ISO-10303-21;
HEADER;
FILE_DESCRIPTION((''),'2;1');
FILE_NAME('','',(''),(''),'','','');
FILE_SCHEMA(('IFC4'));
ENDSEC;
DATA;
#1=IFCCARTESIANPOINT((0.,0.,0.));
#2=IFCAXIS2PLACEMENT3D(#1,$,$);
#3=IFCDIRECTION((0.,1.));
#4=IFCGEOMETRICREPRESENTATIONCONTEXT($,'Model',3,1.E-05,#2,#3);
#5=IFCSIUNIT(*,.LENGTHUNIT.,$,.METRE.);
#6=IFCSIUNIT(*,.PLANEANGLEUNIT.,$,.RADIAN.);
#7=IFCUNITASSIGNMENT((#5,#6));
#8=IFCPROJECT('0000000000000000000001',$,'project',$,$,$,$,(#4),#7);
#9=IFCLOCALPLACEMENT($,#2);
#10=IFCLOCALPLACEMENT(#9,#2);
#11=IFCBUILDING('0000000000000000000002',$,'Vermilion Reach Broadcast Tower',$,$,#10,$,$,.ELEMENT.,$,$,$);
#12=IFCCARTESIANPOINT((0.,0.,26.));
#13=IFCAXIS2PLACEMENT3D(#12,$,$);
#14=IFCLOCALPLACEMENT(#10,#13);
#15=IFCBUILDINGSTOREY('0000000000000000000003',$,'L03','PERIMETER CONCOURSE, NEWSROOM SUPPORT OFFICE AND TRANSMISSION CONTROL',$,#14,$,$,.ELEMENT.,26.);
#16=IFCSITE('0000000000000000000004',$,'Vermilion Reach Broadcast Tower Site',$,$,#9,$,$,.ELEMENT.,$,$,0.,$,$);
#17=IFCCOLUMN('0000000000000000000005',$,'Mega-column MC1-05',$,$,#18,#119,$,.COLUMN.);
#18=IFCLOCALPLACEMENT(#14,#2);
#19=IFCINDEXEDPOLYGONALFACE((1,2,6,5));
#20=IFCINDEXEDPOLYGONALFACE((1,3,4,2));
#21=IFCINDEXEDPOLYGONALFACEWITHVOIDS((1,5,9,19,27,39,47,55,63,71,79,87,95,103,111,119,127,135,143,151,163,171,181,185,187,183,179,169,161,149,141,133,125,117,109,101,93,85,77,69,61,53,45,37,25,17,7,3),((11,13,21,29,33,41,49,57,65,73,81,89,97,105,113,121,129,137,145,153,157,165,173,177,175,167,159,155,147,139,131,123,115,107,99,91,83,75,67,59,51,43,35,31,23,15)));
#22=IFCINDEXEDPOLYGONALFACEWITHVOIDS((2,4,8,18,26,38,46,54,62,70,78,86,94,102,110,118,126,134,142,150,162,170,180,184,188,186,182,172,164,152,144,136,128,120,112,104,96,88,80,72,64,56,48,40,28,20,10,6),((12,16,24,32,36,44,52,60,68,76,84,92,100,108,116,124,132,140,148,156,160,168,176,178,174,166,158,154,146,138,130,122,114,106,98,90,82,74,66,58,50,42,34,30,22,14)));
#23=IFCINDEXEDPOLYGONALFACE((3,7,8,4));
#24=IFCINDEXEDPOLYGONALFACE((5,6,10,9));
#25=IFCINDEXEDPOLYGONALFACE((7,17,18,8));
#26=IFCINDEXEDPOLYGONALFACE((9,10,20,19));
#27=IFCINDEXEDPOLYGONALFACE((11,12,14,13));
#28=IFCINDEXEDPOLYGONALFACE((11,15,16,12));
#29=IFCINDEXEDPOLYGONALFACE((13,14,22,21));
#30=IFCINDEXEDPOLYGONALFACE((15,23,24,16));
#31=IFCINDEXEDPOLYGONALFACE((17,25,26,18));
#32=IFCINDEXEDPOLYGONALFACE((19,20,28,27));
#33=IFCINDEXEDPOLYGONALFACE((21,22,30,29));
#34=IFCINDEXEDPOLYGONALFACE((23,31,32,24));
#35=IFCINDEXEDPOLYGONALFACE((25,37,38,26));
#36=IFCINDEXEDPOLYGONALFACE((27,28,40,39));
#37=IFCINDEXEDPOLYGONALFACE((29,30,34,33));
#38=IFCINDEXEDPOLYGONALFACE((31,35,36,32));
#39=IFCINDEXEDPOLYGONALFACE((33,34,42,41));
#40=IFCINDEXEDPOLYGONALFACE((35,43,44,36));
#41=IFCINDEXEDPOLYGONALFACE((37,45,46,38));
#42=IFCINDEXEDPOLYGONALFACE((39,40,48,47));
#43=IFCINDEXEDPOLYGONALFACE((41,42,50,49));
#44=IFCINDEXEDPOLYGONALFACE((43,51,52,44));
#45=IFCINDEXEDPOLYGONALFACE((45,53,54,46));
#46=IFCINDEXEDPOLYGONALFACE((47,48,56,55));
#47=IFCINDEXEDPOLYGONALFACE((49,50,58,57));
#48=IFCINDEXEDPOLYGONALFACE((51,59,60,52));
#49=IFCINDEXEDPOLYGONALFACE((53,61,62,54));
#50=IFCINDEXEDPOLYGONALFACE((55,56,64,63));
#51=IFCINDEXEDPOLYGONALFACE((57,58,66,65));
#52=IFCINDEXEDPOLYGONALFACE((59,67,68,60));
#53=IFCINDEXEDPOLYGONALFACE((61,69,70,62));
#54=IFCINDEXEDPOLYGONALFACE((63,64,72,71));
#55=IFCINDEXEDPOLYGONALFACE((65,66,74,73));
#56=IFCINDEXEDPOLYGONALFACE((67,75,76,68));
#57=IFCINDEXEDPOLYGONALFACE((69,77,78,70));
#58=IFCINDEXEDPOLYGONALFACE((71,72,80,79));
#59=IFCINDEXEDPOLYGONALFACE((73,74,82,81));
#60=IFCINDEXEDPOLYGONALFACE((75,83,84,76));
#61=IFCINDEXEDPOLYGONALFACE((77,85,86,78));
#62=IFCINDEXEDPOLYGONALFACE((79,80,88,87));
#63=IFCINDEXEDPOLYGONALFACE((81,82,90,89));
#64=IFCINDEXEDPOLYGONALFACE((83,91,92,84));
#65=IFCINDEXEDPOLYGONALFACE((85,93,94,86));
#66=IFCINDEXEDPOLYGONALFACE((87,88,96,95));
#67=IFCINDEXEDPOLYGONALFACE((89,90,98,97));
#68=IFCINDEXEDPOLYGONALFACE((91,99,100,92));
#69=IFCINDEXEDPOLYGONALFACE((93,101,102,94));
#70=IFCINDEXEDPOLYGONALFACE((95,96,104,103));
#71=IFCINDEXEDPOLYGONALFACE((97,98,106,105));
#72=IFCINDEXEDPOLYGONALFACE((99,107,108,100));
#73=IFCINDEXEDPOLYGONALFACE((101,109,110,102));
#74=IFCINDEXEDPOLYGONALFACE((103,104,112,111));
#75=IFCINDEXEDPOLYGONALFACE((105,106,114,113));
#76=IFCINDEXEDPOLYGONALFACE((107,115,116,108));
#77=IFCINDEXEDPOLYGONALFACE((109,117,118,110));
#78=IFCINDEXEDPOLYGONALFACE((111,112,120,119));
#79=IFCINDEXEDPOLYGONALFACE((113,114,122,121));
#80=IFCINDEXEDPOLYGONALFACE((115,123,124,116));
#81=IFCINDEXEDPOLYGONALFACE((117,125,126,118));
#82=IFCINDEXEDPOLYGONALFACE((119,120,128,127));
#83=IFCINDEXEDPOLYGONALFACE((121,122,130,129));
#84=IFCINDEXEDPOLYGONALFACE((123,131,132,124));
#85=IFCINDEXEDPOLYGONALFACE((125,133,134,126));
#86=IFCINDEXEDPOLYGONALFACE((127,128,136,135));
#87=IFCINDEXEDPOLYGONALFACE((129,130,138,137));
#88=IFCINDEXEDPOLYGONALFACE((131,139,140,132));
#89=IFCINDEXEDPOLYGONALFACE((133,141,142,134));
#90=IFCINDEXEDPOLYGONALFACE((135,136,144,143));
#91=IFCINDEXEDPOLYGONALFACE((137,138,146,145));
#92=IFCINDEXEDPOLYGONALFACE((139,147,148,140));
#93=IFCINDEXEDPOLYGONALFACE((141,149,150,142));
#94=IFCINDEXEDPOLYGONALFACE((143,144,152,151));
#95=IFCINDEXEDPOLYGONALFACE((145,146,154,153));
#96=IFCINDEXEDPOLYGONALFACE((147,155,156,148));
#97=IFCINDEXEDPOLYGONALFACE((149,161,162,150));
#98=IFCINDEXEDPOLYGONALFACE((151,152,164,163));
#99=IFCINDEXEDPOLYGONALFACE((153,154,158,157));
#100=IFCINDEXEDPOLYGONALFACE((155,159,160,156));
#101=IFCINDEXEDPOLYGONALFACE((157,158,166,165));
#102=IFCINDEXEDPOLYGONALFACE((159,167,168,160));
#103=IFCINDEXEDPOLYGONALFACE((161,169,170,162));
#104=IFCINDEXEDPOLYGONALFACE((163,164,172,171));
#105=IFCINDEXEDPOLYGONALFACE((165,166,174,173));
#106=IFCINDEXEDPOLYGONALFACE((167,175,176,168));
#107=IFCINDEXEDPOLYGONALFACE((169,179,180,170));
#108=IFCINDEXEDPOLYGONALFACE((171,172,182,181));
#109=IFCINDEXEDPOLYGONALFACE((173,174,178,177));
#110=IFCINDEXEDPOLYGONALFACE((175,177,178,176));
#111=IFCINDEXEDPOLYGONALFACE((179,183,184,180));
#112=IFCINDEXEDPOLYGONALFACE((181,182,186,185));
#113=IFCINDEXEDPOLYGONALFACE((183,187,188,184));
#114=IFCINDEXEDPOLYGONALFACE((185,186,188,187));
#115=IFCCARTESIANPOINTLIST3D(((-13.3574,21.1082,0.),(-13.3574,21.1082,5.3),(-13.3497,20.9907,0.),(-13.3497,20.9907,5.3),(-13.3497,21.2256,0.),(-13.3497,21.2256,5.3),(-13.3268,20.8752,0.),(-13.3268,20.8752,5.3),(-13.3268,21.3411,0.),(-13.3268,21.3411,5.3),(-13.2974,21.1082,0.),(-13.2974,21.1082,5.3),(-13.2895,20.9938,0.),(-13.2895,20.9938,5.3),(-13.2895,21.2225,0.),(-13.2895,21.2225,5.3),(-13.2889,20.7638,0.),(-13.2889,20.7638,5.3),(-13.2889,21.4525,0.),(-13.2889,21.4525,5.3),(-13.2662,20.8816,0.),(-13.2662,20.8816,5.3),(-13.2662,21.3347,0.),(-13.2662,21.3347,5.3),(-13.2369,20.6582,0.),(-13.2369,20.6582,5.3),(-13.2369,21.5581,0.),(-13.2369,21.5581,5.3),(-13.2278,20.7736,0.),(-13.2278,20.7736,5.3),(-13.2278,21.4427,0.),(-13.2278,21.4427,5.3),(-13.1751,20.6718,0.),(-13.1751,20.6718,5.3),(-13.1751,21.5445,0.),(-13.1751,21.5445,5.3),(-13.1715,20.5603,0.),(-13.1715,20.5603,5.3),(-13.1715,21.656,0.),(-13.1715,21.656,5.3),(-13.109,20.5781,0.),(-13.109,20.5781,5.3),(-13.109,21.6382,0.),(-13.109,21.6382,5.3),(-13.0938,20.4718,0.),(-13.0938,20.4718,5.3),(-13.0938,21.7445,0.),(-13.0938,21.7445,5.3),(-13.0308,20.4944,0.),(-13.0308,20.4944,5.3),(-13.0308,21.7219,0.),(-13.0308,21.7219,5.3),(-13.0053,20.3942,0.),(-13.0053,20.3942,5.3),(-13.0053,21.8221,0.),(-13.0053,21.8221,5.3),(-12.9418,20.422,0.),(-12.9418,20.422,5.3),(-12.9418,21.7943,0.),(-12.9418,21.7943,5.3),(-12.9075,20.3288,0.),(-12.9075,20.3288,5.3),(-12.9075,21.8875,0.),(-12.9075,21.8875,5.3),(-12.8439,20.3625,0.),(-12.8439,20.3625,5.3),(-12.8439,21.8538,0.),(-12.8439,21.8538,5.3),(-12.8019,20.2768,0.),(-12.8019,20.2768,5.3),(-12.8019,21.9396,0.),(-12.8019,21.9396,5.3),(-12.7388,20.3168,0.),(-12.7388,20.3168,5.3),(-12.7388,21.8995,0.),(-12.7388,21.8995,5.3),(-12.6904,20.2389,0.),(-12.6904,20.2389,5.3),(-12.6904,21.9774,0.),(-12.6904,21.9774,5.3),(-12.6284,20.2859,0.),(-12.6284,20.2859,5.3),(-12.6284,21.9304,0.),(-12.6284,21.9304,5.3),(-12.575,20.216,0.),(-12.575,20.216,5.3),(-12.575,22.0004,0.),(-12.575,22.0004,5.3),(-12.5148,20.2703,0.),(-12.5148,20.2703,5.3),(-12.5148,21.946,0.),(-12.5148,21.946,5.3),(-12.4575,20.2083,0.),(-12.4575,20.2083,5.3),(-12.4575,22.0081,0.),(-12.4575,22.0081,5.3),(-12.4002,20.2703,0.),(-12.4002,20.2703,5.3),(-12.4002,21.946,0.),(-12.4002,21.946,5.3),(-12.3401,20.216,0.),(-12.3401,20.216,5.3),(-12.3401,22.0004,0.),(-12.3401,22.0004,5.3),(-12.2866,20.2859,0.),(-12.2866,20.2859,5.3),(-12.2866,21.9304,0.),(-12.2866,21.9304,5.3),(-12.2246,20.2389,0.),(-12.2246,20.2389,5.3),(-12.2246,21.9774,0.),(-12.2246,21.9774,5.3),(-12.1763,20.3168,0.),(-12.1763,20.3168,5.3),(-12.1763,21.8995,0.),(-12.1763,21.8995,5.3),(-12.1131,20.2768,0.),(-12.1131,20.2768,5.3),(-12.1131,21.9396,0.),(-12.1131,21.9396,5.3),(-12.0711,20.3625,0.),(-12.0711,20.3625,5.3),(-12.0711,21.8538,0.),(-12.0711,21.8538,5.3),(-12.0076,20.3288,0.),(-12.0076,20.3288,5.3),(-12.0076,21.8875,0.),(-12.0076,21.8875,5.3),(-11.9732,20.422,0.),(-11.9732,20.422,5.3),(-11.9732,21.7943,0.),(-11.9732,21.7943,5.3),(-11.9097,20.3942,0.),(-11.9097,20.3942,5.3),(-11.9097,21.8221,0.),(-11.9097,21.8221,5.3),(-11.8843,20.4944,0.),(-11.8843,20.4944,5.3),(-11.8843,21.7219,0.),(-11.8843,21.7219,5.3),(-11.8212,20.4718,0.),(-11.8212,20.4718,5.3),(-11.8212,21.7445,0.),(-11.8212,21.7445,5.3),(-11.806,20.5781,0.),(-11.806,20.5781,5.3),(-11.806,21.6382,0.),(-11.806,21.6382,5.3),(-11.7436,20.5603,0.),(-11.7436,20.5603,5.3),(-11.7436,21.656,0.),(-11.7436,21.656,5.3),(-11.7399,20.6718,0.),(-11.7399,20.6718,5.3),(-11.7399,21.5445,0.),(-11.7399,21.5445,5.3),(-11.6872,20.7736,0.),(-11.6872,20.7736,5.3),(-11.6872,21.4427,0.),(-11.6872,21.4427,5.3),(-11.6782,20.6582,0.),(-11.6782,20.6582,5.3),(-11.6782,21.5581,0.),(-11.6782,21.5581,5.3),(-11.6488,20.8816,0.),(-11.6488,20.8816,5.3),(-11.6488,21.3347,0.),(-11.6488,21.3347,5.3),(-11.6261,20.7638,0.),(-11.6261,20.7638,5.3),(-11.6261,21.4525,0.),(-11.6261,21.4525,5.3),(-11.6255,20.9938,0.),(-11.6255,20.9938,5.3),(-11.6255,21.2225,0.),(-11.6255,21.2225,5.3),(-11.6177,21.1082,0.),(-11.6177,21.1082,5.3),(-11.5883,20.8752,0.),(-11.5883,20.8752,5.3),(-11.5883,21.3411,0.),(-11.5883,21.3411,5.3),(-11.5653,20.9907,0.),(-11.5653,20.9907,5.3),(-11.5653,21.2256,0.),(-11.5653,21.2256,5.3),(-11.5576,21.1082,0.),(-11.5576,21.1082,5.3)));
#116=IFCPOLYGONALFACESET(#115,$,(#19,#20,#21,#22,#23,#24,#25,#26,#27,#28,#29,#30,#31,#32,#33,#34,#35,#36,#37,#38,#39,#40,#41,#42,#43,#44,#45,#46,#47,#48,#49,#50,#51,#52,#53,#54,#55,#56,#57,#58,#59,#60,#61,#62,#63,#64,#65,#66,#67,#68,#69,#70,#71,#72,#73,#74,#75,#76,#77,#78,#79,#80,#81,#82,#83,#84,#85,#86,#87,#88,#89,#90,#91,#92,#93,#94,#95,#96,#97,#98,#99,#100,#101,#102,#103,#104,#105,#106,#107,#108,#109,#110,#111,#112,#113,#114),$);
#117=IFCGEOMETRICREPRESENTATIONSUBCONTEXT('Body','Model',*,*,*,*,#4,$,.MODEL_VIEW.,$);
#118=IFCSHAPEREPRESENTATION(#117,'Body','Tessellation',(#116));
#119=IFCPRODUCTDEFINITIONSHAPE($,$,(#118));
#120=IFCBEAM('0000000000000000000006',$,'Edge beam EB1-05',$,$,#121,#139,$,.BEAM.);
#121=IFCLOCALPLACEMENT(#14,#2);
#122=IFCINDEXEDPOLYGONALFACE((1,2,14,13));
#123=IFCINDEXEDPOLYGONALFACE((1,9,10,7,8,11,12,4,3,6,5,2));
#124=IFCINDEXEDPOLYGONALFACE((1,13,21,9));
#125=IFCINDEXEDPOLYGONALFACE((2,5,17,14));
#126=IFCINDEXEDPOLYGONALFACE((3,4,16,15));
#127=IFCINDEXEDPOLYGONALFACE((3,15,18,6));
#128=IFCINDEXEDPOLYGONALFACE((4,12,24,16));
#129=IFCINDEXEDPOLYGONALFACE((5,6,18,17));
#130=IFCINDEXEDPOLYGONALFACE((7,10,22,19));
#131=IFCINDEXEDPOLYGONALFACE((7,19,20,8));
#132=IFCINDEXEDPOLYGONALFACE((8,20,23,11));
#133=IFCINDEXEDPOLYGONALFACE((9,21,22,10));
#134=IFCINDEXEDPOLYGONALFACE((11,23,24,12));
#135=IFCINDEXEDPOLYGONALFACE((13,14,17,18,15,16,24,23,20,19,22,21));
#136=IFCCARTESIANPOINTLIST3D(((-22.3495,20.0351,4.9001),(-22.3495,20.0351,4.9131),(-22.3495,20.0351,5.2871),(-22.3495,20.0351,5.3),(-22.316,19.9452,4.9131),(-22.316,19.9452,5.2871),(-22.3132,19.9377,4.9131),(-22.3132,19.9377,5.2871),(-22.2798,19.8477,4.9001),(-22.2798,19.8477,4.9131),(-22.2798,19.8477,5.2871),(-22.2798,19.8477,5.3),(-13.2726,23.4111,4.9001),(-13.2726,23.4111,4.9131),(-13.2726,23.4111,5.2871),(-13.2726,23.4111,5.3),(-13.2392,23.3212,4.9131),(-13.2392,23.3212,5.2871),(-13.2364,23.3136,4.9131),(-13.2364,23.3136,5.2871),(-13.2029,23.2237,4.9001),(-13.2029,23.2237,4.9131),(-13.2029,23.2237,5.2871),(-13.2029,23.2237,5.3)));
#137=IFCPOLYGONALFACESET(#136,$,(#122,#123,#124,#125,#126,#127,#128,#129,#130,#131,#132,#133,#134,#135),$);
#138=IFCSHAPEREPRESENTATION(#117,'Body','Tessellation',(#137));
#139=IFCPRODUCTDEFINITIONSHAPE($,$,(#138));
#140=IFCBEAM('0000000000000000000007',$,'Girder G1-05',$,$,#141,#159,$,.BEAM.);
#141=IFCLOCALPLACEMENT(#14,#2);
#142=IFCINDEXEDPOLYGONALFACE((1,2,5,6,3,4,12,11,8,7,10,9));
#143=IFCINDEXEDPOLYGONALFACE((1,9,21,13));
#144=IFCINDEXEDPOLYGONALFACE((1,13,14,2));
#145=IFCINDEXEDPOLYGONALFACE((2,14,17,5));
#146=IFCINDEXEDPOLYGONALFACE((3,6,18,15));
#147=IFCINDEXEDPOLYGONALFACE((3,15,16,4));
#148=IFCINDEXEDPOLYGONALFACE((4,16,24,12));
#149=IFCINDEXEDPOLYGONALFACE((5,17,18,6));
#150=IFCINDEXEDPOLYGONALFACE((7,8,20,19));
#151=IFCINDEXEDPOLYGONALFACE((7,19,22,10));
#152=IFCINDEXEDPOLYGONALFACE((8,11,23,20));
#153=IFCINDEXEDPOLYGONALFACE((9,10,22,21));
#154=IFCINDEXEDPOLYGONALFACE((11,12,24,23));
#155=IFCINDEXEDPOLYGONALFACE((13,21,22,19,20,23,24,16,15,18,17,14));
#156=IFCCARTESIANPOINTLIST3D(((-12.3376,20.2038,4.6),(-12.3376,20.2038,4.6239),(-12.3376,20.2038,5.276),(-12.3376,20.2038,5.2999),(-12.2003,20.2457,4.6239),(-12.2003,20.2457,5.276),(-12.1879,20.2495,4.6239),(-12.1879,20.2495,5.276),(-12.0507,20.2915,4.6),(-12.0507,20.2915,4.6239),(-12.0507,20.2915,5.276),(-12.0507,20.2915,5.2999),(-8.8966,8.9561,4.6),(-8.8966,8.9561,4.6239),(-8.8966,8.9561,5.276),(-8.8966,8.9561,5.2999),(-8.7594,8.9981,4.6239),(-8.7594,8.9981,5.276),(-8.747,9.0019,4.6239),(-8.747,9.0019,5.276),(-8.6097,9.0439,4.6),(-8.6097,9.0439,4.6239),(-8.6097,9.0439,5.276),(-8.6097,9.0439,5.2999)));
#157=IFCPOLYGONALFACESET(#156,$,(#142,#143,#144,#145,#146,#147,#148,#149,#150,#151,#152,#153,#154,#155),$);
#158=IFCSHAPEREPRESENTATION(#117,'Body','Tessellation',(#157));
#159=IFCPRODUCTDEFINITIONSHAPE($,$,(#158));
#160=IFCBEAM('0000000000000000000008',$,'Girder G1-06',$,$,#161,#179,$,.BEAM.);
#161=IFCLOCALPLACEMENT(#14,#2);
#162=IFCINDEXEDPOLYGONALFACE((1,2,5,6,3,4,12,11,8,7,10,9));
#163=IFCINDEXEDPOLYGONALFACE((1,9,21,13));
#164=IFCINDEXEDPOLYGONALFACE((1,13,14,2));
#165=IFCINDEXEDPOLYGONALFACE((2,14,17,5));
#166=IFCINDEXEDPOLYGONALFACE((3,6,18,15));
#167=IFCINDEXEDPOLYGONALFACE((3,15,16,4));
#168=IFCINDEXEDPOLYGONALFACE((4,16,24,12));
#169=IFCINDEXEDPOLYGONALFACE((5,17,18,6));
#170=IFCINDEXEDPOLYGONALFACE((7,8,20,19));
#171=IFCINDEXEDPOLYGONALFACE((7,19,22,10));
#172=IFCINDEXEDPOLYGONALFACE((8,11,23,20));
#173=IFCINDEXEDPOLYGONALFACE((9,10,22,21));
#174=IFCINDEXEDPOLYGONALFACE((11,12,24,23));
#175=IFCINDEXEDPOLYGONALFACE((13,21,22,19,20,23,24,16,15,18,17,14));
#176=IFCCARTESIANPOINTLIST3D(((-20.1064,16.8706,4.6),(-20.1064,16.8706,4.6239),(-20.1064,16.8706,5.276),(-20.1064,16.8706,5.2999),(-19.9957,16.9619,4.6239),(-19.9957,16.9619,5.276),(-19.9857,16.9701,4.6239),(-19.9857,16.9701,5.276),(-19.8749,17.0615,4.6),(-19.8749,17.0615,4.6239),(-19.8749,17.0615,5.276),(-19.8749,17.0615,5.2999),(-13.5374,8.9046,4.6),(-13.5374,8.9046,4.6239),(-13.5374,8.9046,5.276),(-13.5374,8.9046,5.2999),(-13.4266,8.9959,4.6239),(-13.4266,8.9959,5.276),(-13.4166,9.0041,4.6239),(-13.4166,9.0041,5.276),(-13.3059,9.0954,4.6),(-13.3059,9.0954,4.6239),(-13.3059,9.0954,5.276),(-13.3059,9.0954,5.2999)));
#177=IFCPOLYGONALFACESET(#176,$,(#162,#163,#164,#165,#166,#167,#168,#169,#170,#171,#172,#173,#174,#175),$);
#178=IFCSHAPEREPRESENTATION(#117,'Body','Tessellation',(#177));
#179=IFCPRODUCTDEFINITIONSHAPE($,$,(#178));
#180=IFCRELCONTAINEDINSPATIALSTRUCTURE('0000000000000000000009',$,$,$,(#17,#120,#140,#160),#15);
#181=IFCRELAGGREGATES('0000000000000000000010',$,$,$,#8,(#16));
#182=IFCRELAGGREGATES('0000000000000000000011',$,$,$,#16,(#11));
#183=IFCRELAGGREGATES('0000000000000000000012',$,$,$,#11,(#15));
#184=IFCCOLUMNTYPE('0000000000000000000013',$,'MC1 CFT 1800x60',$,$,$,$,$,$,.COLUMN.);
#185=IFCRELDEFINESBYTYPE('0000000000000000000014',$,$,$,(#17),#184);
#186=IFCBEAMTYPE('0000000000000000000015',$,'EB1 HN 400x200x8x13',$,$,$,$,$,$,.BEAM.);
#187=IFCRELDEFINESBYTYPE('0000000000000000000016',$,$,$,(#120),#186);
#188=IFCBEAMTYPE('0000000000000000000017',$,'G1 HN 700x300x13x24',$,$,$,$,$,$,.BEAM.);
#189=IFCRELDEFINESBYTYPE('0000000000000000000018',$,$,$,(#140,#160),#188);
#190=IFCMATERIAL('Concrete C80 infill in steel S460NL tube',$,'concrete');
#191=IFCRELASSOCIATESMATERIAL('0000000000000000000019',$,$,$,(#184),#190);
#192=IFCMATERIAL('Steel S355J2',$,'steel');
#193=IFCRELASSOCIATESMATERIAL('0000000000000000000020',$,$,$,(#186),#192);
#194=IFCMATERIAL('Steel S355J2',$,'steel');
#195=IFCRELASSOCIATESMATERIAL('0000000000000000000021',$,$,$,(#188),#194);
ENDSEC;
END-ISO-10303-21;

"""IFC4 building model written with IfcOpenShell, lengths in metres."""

from ifc_helpers import new_model, si_unit, direction, frame, origin, origin_2d, place, context, subcontext, project, spatial, hollow_circle, i_section, extrude, material, material_profile, profile_set, type_object, element, save


model = new_model("IFC4")

# Units and contexts
model_context = context("Model", 3, precision=1e-05, world=origin(), true_north=direction((0.0, 1.0)))
body_context = subcontext(model_context, "Body", "Model", "MODEL_VIEW")
ifc_project = project(units=[si_unit("LENGTHUNIT", "METRE"), si_unit("PLANEANGLEUNIT", "RADIAN")], contexts=[model_context])

# Site, building, storey
site_placement = place(None, origin())
site = spatial("IfcSite", under=ifc_project, at=site_placement, Name="Vermilion Reach Broadcast Tower Site", CompositionType="ELEMENT", RefElevation=0.0)
building_placement = place(site_placement, origin())
building = spatial("IfcBuilding", under=site, at=building_placement, Name="Vermilion Reach Broadcast Tower", CompositionType="ELEMENT")
storey_placement = place(building_placement, frame((0.0, 0.0, 26.0)))
storey = spatial("IfcBuildingStorey", under=building, at=storey_placement, Name="L03", Description="PERIMETER CONCOURSE, NEWSROOM SUPPORT OFFICE AND TRANSMISSION CONTROL", CompositionType="ELEMENT", Elevation=26.0)

# Column
ifc_material_1 = material(Name="Concrete C80 infill in steel S460NL tube", Category="concrete")
ifc_material_profile_1 = material_profile(ifc_material_1, hollow_circle(Radius=0.8999, WallThickness=0.0601, at=origin_2d()), Name="Concrete C80 infill in steel S460NL tube CFT 1800x60")
ifc_profile_set_1 = profile_set([ifc_material_profile_1], Name="Concrete C80 infill in steel S460NL tube")
column_type = type_object("IfcColumnType", Name="MC1 CFT 1800x60", PredefinedType="COLUMN", material=ifc_profile_set_1)
column_placement = place(storey_placement, frame((-12.4575, 21.1082, 0.0), z_axis=(0.0, 0.0, 1.0), x_axis=(1.0, 0.0, 0.0)))
element("IfcColumn", 1, at=column_placement, inside=storey, type_object=column_type, Name="Mega-column MC1-05", PredefinedType="COLUMN", context=body_context, shape_type="SweptSolid", body=[
    extrude(hollow_circle(Radius=0.8999, WallThickness=0.0601, at=origin_2d()), origin(), (0.0, 0.0, 1.0), 5.3),
])

# Beams
ifc_material_2 = material(Name="Steel S355J2", Category="steel")
ifc_material_profile_2 = material_profile(ifc_material_2, i_section(OverallWidth=0.2, OverallDepth=0.3999, WebThickness=0.0081, FlangeThickness=0.0129, at=origin_2d()), Name="S355J2 HN 400x200x8x13")
ifc_profile_set_2 = profile_set([ifc_material_profile_2], Name="Steel S355J2")
beam_type_1 = type_object("IfcBeamType", Name="EB1 HN 400x200x8x13", PredefinedType="BEAM", material=ifc_profile_set_2)
beam_1_placement = place(storey_placement, frame((-13.2378, 23.3174, 5.1001), z_axis=(-0.937272, -0.3486, 0.0), x_axis=(0.3486, -0.937272, 0.0)))
element("IfcBeam", 2, at=beam_1_placement, inside=storey, type_object=beam_type_1, Name="Edge beam EB1-05", PredefinedType="BEAM", context=body_context, shape_type="SweptSolid", body=[
    extrude(i_section(OverallWidth=0.2, OverallDepth=0.3999, WebThickness=0.0081, FlangeThickness=0.0129, at=origin_2d()), origin(), (0.0, 0.0, 1.0), 9.6843),
])
ifc_material_3 = material(Name="Steel S355J2", Category="steel")
ifc_material_profile_3 = material_profile(ifc_material_3, i_section(OverallWidth=0.3, OverallDepth=0.7, WebThickness=0.0129, FlangeThickness=0.0239, at=origin_2d()), Name="S355J2 HN 700x300x13x24")
ifc_profile_set_3 = profile_set([ifc_material_profile_3], Name="Steel S355J2")
beam_type_2 = type_object("IfcBeamType", Name="G1 HN 700x300x13x24", PredefinedType="BEAM", material=ifc_profile_set_3)
beam_2_placement = place(storey_placement, frame((-8.7532, 9.0, 4.95), z_axis=(-0.292542, 0.956253, 0.0), x_axis=(-0.956253, -0.292542, 0.0)))
element("IfcBeam", 3, at=beam_2_placement, inside=storey, type_object=beam_type_2, Name="Girder G1-05", PredefinedType="BEAM", context=body_context, shape_type="SweptSolid", body=[
    extrude(i_section(OverallWidth=0.3, OverallDepth=0.7, WebThickness=0.0129, FlangeThickness=0.0239, at=origin_2d()), origin(), (0.0, 0.0, 1.0), 11.7622),
])
beam_3_placement = place(storey_placement, frame((-13.4216, 9.0, 4.95), z_axis=(-0.636215, 0.771512, 0.0), x_axis=(-0.771512, -0.636215, 0.0)))
element("IfcBeam", 4, at=beam_3_placement, inside=storey, type_object=beam_type_2, Name="Girder G1-06", PredefinedType="BEAM", context=body_context, shape_type="SweptSolid", body=[
    extrude(i_section(OverallWidth=0.3, OverallDepth=0.7, WebThickness=0.0129, FlangeThickness=0.0239, at=origin_2d()), origin(), (0.0, 0.0, 1.0), 10.3252),
])

save(model, "model.ifc")
